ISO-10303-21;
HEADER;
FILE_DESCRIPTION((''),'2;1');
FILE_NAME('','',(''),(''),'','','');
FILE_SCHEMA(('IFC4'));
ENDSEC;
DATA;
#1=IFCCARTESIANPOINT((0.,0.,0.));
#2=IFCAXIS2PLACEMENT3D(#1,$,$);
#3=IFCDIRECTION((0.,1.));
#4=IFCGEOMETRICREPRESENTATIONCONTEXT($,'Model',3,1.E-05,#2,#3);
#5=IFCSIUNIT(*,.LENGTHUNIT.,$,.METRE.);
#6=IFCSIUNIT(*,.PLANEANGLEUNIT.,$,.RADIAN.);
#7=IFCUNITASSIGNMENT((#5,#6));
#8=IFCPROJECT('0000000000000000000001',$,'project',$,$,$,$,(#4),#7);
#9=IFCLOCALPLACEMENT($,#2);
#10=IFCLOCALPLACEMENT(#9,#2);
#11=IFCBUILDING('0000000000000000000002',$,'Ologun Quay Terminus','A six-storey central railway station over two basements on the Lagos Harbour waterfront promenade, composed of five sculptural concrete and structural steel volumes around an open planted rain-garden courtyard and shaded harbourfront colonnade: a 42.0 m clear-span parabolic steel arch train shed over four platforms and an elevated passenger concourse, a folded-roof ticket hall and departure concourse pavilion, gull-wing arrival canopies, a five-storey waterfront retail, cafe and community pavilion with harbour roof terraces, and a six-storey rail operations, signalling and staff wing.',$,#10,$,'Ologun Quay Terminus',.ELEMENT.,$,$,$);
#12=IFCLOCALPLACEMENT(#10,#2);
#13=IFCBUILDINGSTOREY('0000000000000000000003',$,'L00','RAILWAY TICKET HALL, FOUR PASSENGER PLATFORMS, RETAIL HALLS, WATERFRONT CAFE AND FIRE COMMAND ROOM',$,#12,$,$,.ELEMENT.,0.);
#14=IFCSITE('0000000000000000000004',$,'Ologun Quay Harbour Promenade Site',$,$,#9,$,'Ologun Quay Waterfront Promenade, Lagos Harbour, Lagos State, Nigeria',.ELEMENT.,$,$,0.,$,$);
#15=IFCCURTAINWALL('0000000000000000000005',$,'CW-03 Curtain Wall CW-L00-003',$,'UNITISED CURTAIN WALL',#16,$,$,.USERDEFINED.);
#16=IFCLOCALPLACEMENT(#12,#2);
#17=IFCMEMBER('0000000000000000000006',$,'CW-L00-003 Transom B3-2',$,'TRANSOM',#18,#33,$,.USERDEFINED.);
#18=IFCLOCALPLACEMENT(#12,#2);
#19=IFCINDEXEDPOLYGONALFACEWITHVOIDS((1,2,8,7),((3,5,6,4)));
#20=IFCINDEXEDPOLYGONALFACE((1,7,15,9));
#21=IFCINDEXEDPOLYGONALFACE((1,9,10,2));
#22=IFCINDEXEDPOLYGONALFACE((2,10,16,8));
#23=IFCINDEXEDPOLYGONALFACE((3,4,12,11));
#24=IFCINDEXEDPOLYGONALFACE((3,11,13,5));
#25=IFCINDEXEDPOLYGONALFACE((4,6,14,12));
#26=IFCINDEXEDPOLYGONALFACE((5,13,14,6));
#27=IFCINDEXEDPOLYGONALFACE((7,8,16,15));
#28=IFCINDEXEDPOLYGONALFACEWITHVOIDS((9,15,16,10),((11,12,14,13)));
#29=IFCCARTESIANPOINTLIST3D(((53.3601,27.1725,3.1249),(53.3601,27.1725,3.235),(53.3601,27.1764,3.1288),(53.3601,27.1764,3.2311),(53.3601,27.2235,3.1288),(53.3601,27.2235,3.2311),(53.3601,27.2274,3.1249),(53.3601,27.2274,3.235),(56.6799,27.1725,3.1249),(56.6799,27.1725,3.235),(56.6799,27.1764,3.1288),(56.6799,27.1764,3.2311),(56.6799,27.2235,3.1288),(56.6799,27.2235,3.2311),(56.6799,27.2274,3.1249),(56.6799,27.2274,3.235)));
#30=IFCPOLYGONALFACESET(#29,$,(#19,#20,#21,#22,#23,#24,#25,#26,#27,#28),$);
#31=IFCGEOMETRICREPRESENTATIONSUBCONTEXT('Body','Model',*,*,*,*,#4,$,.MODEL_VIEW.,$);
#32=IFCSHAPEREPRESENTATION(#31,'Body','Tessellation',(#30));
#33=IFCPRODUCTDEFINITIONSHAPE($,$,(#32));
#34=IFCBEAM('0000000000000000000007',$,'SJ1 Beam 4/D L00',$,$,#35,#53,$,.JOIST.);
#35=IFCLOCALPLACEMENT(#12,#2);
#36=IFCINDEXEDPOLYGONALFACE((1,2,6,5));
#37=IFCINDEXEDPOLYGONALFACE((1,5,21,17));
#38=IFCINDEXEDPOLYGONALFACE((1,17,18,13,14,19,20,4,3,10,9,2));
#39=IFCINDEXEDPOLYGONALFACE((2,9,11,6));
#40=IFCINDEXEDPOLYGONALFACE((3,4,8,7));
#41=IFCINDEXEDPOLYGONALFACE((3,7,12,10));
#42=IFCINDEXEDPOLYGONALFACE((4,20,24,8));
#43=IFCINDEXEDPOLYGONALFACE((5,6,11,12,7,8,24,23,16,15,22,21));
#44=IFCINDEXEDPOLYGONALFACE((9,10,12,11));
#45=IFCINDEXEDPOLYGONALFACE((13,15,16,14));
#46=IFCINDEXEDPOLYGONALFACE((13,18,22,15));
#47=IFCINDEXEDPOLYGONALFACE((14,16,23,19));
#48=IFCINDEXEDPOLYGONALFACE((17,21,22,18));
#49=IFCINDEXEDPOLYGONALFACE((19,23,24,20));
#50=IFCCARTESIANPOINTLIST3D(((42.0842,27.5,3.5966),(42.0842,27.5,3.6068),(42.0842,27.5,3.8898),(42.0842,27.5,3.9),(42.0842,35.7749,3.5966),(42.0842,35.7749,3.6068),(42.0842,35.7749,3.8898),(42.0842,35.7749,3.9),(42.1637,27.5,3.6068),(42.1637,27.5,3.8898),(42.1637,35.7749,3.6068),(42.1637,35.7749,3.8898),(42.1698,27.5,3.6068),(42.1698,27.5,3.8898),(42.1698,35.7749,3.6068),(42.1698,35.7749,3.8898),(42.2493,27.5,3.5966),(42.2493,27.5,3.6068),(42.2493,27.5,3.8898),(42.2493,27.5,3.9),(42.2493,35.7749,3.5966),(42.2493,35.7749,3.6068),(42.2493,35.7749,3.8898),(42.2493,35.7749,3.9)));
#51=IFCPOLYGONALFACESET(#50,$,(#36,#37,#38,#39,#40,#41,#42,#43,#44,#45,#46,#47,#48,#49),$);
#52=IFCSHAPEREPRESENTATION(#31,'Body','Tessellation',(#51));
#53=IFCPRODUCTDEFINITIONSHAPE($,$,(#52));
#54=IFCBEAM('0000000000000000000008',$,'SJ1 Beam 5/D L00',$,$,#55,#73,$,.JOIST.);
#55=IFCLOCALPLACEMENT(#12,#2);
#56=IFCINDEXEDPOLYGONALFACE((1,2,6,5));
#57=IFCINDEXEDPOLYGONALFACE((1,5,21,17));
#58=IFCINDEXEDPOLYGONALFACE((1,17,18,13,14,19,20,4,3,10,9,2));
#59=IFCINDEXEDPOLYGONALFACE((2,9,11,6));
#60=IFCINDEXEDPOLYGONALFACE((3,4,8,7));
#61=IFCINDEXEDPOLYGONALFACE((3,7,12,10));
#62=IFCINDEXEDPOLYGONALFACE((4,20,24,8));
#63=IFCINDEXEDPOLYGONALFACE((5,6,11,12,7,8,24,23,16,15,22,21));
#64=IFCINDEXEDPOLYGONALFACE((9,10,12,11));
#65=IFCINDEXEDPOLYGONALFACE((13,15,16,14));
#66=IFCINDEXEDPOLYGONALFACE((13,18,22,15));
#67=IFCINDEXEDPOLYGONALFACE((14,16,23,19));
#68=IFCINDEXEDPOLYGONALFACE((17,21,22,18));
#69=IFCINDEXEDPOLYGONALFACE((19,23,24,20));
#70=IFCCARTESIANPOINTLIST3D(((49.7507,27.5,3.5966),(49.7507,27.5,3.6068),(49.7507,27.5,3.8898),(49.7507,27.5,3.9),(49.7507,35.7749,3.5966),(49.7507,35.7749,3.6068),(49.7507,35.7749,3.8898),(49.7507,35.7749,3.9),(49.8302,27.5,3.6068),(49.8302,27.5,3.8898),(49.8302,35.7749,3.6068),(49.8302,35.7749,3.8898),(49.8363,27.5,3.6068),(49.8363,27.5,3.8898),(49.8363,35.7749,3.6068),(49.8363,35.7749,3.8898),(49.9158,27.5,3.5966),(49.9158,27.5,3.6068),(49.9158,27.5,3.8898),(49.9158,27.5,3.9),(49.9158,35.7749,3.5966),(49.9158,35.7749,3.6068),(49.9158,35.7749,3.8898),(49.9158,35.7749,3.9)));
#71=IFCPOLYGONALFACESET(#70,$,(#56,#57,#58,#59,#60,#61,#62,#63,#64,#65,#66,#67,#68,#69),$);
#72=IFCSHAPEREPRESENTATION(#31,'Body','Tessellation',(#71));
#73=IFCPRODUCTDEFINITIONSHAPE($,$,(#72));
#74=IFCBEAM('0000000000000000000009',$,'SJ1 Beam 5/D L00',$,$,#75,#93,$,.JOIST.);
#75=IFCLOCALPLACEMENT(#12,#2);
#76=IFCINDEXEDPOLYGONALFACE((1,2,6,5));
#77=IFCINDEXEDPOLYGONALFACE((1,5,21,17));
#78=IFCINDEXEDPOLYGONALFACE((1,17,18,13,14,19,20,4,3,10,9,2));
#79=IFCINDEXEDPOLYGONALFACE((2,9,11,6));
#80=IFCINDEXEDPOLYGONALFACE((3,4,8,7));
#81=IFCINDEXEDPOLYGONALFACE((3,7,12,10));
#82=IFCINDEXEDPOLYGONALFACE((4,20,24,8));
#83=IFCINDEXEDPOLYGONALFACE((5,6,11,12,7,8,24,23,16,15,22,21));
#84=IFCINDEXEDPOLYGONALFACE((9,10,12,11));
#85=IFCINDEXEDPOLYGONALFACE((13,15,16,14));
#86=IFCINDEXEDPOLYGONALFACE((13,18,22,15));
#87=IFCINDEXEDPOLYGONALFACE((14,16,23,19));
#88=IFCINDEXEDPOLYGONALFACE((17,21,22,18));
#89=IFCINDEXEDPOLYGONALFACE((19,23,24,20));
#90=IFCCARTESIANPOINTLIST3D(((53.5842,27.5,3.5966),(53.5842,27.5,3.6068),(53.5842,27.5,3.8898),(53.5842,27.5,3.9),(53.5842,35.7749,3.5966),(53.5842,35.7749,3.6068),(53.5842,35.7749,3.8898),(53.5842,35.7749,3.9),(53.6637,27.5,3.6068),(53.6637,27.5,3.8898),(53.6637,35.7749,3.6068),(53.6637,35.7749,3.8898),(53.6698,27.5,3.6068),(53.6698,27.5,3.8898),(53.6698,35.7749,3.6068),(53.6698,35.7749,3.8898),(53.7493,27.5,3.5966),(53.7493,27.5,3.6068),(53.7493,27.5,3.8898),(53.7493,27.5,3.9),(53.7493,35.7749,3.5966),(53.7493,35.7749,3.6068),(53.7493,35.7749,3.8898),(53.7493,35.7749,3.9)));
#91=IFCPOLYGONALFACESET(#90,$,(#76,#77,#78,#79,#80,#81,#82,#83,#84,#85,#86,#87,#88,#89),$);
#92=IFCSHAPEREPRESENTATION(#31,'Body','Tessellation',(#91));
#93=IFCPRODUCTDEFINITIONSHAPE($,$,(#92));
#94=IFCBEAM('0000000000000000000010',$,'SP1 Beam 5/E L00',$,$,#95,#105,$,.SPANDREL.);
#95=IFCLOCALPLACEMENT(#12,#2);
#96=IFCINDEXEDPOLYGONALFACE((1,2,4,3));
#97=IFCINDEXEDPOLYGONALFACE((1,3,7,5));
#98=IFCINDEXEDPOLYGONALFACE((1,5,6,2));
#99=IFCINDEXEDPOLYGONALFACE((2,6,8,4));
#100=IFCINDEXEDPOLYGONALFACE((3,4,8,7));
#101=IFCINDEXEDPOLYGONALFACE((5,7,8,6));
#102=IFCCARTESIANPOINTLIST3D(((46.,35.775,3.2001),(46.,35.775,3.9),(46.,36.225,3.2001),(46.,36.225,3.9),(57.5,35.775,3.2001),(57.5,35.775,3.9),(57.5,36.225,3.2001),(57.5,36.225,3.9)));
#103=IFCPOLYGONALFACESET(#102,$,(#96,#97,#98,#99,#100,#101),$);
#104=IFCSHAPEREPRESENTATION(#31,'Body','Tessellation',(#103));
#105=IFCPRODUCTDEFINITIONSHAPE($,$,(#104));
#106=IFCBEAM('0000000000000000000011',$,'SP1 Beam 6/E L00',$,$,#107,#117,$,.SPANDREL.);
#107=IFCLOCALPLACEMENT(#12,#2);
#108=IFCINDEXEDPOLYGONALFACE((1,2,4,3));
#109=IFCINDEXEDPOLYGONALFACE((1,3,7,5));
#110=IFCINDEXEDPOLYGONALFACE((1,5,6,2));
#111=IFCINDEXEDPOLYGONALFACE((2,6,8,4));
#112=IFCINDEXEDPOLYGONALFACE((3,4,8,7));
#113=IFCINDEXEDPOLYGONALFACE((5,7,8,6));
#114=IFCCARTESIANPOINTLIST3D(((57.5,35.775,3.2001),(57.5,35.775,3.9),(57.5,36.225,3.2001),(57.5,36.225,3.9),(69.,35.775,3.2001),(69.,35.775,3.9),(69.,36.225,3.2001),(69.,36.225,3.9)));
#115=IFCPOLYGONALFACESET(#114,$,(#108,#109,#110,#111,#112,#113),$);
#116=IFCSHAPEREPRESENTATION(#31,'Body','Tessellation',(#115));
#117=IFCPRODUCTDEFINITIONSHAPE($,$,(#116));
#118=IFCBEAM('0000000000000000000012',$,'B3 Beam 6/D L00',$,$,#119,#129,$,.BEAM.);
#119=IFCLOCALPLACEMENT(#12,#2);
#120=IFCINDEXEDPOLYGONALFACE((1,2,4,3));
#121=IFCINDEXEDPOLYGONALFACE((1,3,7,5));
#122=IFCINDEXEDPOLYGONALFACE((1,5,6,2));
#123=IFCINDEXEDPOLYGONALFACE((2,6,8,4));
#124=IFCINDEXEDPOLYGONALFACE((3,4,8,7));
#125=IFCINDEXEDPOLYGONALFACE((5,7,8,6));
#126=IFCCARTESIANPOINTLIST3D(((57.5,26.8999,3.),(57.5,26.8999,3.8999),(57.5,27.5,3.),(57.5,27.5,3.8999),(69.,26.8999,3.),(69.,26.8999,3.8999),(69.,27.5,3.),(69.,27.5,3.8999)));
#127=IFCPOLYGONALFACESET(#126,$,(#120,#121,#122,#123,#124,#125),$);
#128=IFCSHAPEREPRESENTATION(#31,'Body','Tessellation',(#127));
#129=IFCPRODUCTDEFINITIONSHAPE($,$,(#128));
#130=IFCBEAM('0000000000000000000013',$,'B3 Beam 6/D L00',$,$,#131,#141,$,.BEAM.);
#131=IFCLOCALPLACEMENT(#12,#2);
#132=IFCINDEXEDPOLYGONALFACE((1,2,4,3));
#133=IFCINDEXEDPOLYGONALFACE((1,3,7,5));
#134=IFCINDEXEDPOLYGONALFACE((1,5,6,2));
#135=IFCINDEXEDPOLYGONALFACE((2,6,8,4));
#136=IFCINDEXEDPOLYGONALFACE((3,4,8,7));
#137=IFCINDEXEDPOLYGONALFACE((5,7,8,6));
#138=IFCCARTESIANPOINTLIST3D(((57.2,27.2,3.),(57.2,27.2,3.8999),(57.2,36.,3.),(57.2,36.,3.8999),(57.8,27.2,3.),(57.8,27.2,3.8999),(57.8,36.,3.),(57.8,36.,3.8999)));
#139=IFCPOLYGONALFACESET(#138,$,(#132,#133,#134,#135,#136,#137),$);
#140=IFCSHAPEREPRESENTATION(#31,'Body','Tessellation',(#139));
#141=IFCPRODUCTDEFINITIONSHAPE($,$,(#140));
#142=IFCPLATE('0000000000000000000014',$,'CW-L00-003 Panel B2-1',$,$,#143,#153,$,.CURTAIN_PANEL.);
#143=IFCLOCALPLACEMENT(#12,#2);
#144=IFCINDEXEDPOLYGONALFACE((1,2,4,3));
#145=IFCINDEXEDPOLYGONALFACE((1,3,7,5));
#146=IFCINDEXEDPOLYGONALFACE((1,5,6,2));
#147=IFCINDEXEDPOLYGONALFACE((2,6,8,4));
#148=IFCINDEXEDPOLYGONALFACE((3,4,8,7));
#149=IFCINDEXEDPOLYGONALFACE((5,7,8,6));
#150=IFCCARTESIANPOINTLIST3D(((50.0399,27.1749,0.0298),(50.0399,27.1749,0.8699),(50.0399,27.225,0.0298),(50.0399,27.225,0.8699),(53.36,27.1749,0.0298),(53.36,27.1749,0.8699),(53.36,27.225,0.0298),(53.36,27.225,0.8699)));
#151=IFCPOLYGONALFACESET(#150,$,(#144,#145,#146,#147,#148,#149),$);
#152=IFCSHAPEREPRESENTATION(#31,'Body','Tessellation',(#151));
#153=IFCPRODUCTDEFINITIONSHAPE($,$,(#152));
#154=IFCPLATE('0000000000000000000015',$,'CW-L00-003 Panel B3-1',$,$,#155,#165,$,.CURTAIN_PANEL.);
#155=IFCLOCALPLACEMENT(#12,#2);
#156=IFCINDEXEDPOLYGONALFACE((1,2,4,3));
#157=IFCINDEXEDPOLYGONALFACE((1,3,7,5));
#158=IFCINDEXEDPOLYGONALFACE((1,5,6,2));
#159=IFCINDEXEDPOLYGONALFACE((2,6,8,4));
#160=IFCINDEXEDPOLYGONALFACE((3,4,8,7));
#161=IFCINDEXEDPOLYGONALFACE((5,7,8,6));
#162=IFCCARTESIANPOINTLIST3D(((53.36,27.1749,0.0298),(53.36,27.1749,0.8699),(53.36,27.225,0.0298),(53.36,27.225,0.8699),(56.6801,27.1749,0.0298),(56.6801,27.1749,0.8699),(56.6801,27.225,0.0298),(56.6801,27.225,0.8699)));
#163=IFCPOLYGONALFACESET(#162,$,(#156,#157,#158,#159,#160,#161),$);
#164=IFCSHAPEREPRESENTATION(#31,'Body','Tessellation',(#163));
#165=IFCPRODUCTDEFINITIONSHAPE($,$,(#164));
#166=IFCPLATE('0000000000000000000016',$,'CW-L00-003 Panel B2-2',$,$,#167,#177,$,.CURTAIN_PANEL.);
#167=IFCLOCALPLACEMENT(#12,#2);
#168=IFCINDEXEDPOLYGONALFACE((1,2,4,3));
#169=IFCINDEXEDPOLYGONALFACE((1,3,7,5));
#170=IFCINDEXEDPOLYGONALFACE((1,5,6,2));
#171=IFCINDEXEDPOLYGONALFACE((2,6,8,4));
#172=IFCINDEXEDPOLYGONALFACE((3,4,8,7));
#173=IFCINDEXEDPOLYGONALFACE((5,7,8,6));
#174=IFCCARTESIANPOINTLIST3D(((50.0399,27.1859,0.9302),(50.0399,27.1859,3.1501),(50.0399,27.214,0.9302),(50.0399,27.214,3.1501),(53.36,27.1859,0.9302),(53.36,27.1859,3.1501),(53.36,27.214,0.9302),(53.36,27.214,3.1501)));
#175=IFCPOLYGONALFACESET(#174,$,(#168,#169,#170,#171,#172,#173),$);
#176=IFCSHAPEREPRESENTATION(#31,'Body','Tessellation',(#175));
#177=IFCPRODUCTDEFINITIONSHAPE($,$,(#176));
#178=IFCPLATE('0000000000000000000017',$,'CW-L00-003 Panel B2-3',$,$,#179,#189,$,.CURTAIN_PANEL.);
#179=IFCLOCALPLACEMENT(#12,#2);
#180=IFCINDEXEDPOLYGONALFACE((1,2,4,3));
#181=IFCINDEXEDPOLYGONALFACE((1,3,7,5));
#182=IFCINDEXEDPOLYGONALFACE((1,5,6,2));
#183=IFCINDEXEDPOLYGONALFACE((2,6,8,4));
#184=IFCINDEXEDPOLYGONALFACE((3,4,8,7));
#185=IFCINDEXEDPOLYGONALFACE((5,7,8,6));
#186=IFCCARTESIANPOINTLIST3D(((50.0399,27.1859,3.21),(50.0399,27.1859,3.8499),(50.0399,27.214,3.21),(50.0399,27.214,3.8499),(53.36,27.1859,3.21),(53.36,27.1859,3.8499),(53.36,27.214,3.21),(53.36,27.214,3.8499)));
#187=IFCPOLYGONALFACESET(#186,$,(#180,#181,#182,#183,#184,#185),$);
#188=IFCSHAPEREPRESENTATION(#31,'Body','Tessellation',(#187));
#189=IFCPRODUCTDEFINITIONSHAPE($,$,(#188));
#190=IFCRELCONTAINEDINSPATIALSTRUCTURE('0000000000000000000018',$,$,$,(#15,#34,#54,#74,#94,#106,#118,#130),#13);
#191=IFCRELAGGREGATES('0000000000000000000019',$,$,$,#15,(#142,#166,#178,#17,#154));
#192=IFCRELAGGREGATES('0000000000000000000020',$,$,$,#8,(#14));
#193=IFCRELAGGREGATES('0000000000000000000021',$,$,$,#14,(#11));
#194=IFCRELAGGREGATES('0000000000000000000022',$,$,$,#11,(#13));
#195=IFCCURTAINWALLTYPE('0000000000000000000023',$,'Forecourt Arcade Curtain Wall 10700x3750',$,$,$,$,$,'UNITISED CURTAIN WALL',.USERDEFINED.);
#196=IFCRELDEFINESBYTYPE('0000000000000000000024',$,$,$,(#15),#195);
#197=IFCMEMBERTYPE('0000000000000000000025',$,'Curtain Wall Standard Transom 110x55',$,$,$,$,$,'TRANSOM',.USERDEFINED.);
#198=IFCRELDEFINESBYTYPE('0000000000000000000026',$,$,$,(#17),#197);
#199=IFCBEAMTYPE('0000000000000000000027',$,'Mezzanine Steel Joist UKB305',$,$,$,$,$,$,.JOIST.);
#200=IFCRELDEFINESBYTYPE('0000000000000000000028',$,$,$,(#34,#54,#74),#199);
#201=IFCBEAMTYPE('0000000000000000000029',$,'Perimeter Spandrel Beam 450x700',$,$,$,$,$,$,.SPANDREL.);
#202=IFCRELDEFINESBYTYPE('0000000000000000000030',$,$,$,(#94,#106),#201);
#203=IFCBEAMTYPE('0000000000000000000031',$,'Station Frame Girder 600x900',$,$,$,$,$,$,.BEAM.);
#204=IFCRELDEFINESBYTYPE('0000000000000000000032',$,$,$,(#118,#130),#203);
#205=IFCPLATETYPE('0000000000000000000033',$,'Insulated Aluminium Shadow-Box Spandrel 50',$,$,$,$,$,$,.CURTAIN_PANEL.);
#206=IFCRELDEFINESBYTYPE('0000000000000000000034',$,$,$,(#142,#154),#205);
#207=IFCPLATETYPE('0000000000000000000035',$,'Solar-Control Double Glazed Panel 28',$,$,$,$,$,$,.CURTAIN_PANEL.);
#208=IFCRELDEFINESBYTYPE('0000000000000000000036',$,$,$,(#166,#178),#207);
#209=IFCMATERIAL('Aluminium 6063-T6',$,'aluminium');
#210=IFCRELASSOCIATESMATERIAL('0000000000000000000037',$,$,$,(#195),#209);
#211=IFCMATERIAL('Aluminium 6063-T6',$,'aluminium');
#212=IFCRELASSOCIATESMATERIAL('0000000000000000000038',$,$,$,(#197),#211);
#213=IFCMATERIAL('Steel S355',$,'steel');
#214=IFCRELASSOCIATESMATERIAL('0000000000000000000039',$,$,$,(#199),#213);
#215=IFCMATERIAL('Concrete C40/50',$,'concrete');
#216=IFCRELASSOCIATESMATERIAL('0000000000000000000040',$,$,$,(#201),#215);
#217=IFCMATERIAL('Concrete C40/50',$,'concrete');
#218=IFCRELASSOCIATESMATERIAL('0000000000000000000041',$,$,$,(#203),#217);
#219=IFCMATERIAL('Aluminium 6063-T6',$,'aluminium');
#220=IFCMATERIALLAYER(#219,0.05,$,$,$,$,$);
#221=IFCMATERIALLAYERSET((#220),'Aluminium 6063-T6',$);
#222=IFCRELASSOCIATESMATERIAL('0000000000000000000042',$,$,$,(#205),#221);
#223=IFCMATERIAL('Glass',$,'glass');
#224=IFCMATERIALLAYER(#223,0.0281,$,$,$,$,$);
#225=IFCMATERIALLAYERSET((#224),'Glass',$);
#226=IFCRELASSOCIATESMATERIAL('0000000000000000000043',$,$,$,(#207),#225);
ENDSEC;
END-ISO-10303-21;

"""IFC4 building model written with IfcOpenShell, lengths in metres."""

from ifc_helpers import new_model, si_unit, direction, frame, origin, origin_2d, place, context, subcontext, project, spatial, rectangle, hollow_rectangle, i_section, extrude, material, layer, layer_set, material_profile, profile_set, type_object, element, aggregate, save


model = new_model("IFC4")

# Units and contexts
model_context = context("Model", 3, precision=1e-05, world=origin(), true_north=direction((0.0, 1.0)))
body_context = subcontext(model_context, "Body", "Model", "MODEL_VIEW")
ifc_project = project(units=[si_unit("LENGTHUNIT", "METRE"), si_unit("PLANEANGLEUNIT", "RADIAN")], contexts=[model_context])

# Site, building, storey
site_placement = place(None, origin())
site = spatial("IfcSite", under=ifc_project, at=site_placement, Name="Ologun Quay Harbour Promenade Site", LongName="Ologun Quay Waterfront Promenade, Lagos Harbour, Lagos State, Nigeria", CompositionType="ELEMENT", RefElevation=0.0)
building_placement = place(site_placement, origin())
building = spatial("IfcBuilding", under=site, at=building_placement, Name="Ologun Quay Terminus", Description="A six-storey central railway station over two basements on the Lagos Harbour waterfront promenade, composed of five sculptural concrete and structural steel volumes around an open planted rain-garden courtyard and shaded harbourfront colonnade: a 42.0 m clear-span parabolic steel arch train shed over four platforms and an elevated passenger concourse, a folded-roof ticket hall and departure concourse pavilion, gull-wing arrival canopies, a five-storey waterfront retail, cafe and community pavilion with harbour roof terraces, and a six-storey rail operations, signalling and staff wing.", LongName="Ologun Quay Terminus", CompositionType="ELEMENT")
storey_placement = place(building_placement, origin())
storey = spatial("IfcBuildingStorey", under=building, at=storey_placement, Name="L00", Description="RAILWAY TICKET HALL, FOUR PASSENGER PLATFORMS, RETAIL HALLS, WATERFRONT CAFE AND FIRE COMMAND ROOM", CompositionType="ELEMENT", Elevation=0.0)

# Curtain wall, member
ifc_material_1 = material(Name="Aluminium 6063-T6", Category="aluminium")
curtain_wall_type = type_object("IfcCurtainWallType", Name="Forecourt Arcade Curtain Wall 10700x3750", ElementType="UNITISED CURTAIN WALL", PredefinedType="USERDEFINED", material=ifc_material_1)
curtain_wall_placement = place(storey_placement, origin())
curtain_wall = element("IfcCurtainWall", 1, at=curtain_wall_placement, inside=storey, type_object=curtain_wall_type, Name="CW-03 Curtain Wall CW-L00-003", ObjectType="UNITISED CURTAIN WALL", PredefinedType="USERDEFINED")
ifc_material_2 = material(Name="Aluminium 6063-T6", Category="aluminium")
ifc_material_profile_1 = material_profile(ifc_material_2, hollow_rectangle(XDim=0.0549, YDim=0.1101, WallThickness=0.0039, at=origin_2d()), Name="ALU 110x55x4")
ifc_profile_set_1 = profile_set([ifc_material_profile_1], Name="Aluminium 6063-T6")
member_type_1 = type_object("IfcMemberType", Name="Curtain Wall Standard Transom 110x55", ElementType="TRANSOM", PredefinedType="USERDEFINED", material=ifc_profile_set_1)
member_1_placement = place(storey_placement, frame((53.3601, 27.2, 3.1799), z_axis=(1.0, 0.0, 0.0), x_axis=(0.0, 1.0, 0.0)))
member_1 = element("IfcMember", 2, at=member_1_placement, type_object=member_type_1, Name="CW-L00-003 Transom B3-2", ObjectType="TRANSOM", PredefinedType="USERDEFINED", context=body_context, shape_type="SweptSolid", body=[
    extrude(hollow_rectangle(XDim=0.0549, YDim=0.1101, WallThickness=0.0039, at=origin_2d()), origin(), (0.0, 0.0, 1.0), 3.3198),
])

# Beams
ifc_material_3 = material(Name="Steel S355", Category="steel")
ifc_material_profile_2 = material_profile(ifc_material_3, i_section(OverallWidth=0.165, OverallDepth=0.3035, WebThickness=0.0061, FlangeThickness=0.0103, at=origin_2d()), Name="UKB 305x165x40")
ifc_profile_set_2 = profile_set([ifc_material_profile_2], Name="Steel S355")
beam_type_1 = type_object("IfcBeamType", Name="Mezzanine Steel Joist UKB305", PredefinedType="JOIST", material=ifc_profile_set_2)
for number, where, z_axis, x_axis, name in (
    (3, (42.1667, 27.5, 3.7483), (0.0, 1.0, 0.0), (-1.0, 0.0, 0.0), "SJ1 Beam 4/D L00"),
    (4, (49.8333, 27.5, 3.7483), (0.0, 1.0, 0.0), (-1.0, 0.0, 0.0), "SJ1 Beam 5/D L00"),
    (5, (53.6667, 27.5, 3.7483), (0.0, 1.0, 0.0), (-1.0, 0.0, 0.0), "SJ1 Beam 5/D L00"),
):
    element("IfcBeam", number, at=place(storey_placement, frame(where, z_axis=z_axis, x_axis=x_axis)), inside=storey, type_object=beam_type_1, Name=name, PredefinedType="JOIST", context=body_context, shape_type="SweptSolid", body=[
        extrude(i_section(OverallWidth=0.165, OverallDepth=0.3035, WebThickness=0.0061, FlangeThickness=0.0103, at=origin_2d()), origin(), (0.0, 0.0, 1.0), 8.2749),
    ])
ifc_material_4 = material(Name="Concrete C40/50", Category="concrete")
ifc_material_profile_3 = material_profile(ifc_material_4, rectangle(XDim=0.45, YDim=0.7, at=origin_2d()), Name="RC 450x700")
ifc_profile_set_3 = profile_set([ifc_material_profile_3], Name="Concrete C40/50")
beam_type_2 = type_object("IfcBeamType", Name="Perimeter Spandrel Beam 450x700", PredefinedType="SPANDREL", material=ifc_profile_set_3)
for number, where, z_axis, x_axis, name in (
    (6, (46.0, 36.0, 3.55), (1.0, 0.0, 0.0), (0.0, 1.0, 0.0), "SP1 Beam 5/E L00"),
    (7, (57.5, 36.0, 3.55), (1.0, 0.0, 0.0), (0.0, 1.0, 0.0), "SP1 Beam 6/E L00"),
):
    element("IfcBeam", number, at=place(storey_placement, frame(where, z_axis=z_axis, x_axis=x_axis)), inside=storey, type_object=beam_type_2, Name=name, PredefinedType="SPANDREL", context=body_context, shape_type="SweptSolid", body=[
        extrude(rectangle(XDim=0.45, YDim=0.7, at=origin_2d()), origin(), (0.0, 0.0, 1.0), 11.5),
    ])
ifc_material_5 = material(Name="Concrete C40/50", Category="concrete")
ifc_material_profile_4 = material_profile(ifc_material_5, rectangle(XDim=0.6001, YDim=0.8999, at=origin_2d()), Name="RC 600x900")
ifc_profile_set_4 = profile_set([ifc_material_profile_4], Name="Concrete C40/50")
beam_type_3 = type_object("IfcBeamType", Name="Station Frame Girder 600x900", PredefinedType="BEAM", material=ifc_profile_set_4)
beam_1_placement = place(storey_placement, frame((57.5, 27.2, 3.45), z_axis=(1.0, 0.0, 0.0), x_axis=(0.0, 1.0, 0.0)))
element("IfcBeam", 8, at=beam_1_placement, inside=storey, type_object=beam_type_3, Name="B3 Beam 6/D L00", PredefinedType="BEAM", context=body_context, shape_type="SweptSolid", body=[
    extrude(rectangle(XDim=0.6001, YDim=0.8999, at=origin_2d()), origin(), (0.0, 0.0, 1.0), 11.5),
])
beam_2_placement = place(storey_placement, frame((57.5, 27.2, 3.45), z_axis=(0.0, 1.0, 0.0), x_axis=(-1.0, 0.0, 0.0)))
element("IfcBeam", 9, at=beam_2_placement, inside=storey, type_object=beam_type_3, Name="B3 Beam 6/D L00", PredefinedType="BEAM", context=body_context, shape_type="SweptSolid", body=[
    extrude(rectangle(XDim=0.6001, YDim=0.8999, at=origin_2d()), origin(), (0.0, 0.0, 1.0), 8.8),
])

# Plates
ifc_material_6 = material(Name="Aluminium 6063-T6", Category="aluminium")
ifc_layer_1 = layer(ifc_material_6, 0.05)
ifc_layer_set_1 = layer_set([ifc_layer_1], Name="Aluminium 6063-T6")
plate_type_1 = type_object("IfcPlateType", Name="Insulated Aluminium Shadow-Box Spandrel 50", PredefinedType="CURTAIN_PANEL", material=ifc_layer_set_1)
plate_1_placement = place(storey_placement, frame((51.7, 27.2, 0.0298), z_axis=(0.0, 0.0, 1.0), x_axis=(1.0, 0.0, 0.0)))
plate_1 = element("IfcPlate", 10, at=plate_1_placement, type_object=plate_type_1, Name="CW-L00-003 Panel B2-1", PredefinedType="CURTAIN_PANEL", context=body_context, shape_type="SweptSolid", body=[
    extrude(rectangle(XDim=3.3201, YDim=0.05, at=origin_2d()), origin(), (0.0, 0.0, 1.0), 0.8401),
])
plate_2_placement = place(storey_placement, frame((55.02, 27.2, 0.0298), z_axis=(0.0, 0.0, 1.0), x_axis=(1.0, 0.0, 0.0)))
plate_2 = element("IfcPlate", 11, at=plate_2_placement, type_object=plate_type_1, Name="CW-L00-003 Panel B3-1", PredefinedType="CURTAIN_PANEL", context=body_context, shape_type="SweptSolid", body=[
    extrude(rectangle(XDim=3.3201, YDim=0.05, at=origin_2d()), origin(), (0.0, 0.0, 1.0), 0.8401),
])
ifc_material_7 = material(Name="Glass", Category="glass")
ifc_layer_2 = layer(ifc_material_7, 0.0281)
ifc_layer_set_2 = layer_set([ifc_layer_2], Name="Glass")
plate_type_2 = type_object("IfcPlateType", Name="Solar-Control Double Glazed Panel 28", PredefinedType="CURTAIN_PANEL", material=ifc_layer_set_2)
plate_3_placement = place(storey_placement, frame((51.7, 27.2, 0.9302), z_axis=(0.0, 0.0, 1.0), x_axis=(1.0, 0.0, 0.0)))
plate_3 = element("IfcPlate", 12, at=plate_3_placement, type_object=plate_type_2, Name="CW-L00-003 Panel B2-2", PredefinedType="CURTAIN_PANEL", context=body_context, shape_type="SweptSolid", body=[
    extrude(rectangle(XDim=3.3201, YDim=0.0281, at=origin_2d()), origin(), (0.0, 0.0, 1.0), 2.22),
])
plate_4_placement = place(storey_placement, frame((51.7, 27.2, 3.21), z_axis=(0.0, 0.0, 1.0), x_axis=(1.0, 0.0, 0.0)))
plate_4 = element("IfcPlate", 13, at=plate_4_placement, type_object=plate_type_2, Name="CW-L00-003 Panel B2-3", PredefinedType="CURTAIN_PANEL", context=body_context, shape_type="SweptSolid", body=[
    extrude(rectangle(XDim=3.3201, YDim=0.0281, at=origin_2d()), origin(), (0.0, 0.0, 1.0), 0.6399),
])
aggregate(curtain_wall, [plate_1, plate_3, plate_4, member_1, plate_2])

save(model, "model.ifc")
